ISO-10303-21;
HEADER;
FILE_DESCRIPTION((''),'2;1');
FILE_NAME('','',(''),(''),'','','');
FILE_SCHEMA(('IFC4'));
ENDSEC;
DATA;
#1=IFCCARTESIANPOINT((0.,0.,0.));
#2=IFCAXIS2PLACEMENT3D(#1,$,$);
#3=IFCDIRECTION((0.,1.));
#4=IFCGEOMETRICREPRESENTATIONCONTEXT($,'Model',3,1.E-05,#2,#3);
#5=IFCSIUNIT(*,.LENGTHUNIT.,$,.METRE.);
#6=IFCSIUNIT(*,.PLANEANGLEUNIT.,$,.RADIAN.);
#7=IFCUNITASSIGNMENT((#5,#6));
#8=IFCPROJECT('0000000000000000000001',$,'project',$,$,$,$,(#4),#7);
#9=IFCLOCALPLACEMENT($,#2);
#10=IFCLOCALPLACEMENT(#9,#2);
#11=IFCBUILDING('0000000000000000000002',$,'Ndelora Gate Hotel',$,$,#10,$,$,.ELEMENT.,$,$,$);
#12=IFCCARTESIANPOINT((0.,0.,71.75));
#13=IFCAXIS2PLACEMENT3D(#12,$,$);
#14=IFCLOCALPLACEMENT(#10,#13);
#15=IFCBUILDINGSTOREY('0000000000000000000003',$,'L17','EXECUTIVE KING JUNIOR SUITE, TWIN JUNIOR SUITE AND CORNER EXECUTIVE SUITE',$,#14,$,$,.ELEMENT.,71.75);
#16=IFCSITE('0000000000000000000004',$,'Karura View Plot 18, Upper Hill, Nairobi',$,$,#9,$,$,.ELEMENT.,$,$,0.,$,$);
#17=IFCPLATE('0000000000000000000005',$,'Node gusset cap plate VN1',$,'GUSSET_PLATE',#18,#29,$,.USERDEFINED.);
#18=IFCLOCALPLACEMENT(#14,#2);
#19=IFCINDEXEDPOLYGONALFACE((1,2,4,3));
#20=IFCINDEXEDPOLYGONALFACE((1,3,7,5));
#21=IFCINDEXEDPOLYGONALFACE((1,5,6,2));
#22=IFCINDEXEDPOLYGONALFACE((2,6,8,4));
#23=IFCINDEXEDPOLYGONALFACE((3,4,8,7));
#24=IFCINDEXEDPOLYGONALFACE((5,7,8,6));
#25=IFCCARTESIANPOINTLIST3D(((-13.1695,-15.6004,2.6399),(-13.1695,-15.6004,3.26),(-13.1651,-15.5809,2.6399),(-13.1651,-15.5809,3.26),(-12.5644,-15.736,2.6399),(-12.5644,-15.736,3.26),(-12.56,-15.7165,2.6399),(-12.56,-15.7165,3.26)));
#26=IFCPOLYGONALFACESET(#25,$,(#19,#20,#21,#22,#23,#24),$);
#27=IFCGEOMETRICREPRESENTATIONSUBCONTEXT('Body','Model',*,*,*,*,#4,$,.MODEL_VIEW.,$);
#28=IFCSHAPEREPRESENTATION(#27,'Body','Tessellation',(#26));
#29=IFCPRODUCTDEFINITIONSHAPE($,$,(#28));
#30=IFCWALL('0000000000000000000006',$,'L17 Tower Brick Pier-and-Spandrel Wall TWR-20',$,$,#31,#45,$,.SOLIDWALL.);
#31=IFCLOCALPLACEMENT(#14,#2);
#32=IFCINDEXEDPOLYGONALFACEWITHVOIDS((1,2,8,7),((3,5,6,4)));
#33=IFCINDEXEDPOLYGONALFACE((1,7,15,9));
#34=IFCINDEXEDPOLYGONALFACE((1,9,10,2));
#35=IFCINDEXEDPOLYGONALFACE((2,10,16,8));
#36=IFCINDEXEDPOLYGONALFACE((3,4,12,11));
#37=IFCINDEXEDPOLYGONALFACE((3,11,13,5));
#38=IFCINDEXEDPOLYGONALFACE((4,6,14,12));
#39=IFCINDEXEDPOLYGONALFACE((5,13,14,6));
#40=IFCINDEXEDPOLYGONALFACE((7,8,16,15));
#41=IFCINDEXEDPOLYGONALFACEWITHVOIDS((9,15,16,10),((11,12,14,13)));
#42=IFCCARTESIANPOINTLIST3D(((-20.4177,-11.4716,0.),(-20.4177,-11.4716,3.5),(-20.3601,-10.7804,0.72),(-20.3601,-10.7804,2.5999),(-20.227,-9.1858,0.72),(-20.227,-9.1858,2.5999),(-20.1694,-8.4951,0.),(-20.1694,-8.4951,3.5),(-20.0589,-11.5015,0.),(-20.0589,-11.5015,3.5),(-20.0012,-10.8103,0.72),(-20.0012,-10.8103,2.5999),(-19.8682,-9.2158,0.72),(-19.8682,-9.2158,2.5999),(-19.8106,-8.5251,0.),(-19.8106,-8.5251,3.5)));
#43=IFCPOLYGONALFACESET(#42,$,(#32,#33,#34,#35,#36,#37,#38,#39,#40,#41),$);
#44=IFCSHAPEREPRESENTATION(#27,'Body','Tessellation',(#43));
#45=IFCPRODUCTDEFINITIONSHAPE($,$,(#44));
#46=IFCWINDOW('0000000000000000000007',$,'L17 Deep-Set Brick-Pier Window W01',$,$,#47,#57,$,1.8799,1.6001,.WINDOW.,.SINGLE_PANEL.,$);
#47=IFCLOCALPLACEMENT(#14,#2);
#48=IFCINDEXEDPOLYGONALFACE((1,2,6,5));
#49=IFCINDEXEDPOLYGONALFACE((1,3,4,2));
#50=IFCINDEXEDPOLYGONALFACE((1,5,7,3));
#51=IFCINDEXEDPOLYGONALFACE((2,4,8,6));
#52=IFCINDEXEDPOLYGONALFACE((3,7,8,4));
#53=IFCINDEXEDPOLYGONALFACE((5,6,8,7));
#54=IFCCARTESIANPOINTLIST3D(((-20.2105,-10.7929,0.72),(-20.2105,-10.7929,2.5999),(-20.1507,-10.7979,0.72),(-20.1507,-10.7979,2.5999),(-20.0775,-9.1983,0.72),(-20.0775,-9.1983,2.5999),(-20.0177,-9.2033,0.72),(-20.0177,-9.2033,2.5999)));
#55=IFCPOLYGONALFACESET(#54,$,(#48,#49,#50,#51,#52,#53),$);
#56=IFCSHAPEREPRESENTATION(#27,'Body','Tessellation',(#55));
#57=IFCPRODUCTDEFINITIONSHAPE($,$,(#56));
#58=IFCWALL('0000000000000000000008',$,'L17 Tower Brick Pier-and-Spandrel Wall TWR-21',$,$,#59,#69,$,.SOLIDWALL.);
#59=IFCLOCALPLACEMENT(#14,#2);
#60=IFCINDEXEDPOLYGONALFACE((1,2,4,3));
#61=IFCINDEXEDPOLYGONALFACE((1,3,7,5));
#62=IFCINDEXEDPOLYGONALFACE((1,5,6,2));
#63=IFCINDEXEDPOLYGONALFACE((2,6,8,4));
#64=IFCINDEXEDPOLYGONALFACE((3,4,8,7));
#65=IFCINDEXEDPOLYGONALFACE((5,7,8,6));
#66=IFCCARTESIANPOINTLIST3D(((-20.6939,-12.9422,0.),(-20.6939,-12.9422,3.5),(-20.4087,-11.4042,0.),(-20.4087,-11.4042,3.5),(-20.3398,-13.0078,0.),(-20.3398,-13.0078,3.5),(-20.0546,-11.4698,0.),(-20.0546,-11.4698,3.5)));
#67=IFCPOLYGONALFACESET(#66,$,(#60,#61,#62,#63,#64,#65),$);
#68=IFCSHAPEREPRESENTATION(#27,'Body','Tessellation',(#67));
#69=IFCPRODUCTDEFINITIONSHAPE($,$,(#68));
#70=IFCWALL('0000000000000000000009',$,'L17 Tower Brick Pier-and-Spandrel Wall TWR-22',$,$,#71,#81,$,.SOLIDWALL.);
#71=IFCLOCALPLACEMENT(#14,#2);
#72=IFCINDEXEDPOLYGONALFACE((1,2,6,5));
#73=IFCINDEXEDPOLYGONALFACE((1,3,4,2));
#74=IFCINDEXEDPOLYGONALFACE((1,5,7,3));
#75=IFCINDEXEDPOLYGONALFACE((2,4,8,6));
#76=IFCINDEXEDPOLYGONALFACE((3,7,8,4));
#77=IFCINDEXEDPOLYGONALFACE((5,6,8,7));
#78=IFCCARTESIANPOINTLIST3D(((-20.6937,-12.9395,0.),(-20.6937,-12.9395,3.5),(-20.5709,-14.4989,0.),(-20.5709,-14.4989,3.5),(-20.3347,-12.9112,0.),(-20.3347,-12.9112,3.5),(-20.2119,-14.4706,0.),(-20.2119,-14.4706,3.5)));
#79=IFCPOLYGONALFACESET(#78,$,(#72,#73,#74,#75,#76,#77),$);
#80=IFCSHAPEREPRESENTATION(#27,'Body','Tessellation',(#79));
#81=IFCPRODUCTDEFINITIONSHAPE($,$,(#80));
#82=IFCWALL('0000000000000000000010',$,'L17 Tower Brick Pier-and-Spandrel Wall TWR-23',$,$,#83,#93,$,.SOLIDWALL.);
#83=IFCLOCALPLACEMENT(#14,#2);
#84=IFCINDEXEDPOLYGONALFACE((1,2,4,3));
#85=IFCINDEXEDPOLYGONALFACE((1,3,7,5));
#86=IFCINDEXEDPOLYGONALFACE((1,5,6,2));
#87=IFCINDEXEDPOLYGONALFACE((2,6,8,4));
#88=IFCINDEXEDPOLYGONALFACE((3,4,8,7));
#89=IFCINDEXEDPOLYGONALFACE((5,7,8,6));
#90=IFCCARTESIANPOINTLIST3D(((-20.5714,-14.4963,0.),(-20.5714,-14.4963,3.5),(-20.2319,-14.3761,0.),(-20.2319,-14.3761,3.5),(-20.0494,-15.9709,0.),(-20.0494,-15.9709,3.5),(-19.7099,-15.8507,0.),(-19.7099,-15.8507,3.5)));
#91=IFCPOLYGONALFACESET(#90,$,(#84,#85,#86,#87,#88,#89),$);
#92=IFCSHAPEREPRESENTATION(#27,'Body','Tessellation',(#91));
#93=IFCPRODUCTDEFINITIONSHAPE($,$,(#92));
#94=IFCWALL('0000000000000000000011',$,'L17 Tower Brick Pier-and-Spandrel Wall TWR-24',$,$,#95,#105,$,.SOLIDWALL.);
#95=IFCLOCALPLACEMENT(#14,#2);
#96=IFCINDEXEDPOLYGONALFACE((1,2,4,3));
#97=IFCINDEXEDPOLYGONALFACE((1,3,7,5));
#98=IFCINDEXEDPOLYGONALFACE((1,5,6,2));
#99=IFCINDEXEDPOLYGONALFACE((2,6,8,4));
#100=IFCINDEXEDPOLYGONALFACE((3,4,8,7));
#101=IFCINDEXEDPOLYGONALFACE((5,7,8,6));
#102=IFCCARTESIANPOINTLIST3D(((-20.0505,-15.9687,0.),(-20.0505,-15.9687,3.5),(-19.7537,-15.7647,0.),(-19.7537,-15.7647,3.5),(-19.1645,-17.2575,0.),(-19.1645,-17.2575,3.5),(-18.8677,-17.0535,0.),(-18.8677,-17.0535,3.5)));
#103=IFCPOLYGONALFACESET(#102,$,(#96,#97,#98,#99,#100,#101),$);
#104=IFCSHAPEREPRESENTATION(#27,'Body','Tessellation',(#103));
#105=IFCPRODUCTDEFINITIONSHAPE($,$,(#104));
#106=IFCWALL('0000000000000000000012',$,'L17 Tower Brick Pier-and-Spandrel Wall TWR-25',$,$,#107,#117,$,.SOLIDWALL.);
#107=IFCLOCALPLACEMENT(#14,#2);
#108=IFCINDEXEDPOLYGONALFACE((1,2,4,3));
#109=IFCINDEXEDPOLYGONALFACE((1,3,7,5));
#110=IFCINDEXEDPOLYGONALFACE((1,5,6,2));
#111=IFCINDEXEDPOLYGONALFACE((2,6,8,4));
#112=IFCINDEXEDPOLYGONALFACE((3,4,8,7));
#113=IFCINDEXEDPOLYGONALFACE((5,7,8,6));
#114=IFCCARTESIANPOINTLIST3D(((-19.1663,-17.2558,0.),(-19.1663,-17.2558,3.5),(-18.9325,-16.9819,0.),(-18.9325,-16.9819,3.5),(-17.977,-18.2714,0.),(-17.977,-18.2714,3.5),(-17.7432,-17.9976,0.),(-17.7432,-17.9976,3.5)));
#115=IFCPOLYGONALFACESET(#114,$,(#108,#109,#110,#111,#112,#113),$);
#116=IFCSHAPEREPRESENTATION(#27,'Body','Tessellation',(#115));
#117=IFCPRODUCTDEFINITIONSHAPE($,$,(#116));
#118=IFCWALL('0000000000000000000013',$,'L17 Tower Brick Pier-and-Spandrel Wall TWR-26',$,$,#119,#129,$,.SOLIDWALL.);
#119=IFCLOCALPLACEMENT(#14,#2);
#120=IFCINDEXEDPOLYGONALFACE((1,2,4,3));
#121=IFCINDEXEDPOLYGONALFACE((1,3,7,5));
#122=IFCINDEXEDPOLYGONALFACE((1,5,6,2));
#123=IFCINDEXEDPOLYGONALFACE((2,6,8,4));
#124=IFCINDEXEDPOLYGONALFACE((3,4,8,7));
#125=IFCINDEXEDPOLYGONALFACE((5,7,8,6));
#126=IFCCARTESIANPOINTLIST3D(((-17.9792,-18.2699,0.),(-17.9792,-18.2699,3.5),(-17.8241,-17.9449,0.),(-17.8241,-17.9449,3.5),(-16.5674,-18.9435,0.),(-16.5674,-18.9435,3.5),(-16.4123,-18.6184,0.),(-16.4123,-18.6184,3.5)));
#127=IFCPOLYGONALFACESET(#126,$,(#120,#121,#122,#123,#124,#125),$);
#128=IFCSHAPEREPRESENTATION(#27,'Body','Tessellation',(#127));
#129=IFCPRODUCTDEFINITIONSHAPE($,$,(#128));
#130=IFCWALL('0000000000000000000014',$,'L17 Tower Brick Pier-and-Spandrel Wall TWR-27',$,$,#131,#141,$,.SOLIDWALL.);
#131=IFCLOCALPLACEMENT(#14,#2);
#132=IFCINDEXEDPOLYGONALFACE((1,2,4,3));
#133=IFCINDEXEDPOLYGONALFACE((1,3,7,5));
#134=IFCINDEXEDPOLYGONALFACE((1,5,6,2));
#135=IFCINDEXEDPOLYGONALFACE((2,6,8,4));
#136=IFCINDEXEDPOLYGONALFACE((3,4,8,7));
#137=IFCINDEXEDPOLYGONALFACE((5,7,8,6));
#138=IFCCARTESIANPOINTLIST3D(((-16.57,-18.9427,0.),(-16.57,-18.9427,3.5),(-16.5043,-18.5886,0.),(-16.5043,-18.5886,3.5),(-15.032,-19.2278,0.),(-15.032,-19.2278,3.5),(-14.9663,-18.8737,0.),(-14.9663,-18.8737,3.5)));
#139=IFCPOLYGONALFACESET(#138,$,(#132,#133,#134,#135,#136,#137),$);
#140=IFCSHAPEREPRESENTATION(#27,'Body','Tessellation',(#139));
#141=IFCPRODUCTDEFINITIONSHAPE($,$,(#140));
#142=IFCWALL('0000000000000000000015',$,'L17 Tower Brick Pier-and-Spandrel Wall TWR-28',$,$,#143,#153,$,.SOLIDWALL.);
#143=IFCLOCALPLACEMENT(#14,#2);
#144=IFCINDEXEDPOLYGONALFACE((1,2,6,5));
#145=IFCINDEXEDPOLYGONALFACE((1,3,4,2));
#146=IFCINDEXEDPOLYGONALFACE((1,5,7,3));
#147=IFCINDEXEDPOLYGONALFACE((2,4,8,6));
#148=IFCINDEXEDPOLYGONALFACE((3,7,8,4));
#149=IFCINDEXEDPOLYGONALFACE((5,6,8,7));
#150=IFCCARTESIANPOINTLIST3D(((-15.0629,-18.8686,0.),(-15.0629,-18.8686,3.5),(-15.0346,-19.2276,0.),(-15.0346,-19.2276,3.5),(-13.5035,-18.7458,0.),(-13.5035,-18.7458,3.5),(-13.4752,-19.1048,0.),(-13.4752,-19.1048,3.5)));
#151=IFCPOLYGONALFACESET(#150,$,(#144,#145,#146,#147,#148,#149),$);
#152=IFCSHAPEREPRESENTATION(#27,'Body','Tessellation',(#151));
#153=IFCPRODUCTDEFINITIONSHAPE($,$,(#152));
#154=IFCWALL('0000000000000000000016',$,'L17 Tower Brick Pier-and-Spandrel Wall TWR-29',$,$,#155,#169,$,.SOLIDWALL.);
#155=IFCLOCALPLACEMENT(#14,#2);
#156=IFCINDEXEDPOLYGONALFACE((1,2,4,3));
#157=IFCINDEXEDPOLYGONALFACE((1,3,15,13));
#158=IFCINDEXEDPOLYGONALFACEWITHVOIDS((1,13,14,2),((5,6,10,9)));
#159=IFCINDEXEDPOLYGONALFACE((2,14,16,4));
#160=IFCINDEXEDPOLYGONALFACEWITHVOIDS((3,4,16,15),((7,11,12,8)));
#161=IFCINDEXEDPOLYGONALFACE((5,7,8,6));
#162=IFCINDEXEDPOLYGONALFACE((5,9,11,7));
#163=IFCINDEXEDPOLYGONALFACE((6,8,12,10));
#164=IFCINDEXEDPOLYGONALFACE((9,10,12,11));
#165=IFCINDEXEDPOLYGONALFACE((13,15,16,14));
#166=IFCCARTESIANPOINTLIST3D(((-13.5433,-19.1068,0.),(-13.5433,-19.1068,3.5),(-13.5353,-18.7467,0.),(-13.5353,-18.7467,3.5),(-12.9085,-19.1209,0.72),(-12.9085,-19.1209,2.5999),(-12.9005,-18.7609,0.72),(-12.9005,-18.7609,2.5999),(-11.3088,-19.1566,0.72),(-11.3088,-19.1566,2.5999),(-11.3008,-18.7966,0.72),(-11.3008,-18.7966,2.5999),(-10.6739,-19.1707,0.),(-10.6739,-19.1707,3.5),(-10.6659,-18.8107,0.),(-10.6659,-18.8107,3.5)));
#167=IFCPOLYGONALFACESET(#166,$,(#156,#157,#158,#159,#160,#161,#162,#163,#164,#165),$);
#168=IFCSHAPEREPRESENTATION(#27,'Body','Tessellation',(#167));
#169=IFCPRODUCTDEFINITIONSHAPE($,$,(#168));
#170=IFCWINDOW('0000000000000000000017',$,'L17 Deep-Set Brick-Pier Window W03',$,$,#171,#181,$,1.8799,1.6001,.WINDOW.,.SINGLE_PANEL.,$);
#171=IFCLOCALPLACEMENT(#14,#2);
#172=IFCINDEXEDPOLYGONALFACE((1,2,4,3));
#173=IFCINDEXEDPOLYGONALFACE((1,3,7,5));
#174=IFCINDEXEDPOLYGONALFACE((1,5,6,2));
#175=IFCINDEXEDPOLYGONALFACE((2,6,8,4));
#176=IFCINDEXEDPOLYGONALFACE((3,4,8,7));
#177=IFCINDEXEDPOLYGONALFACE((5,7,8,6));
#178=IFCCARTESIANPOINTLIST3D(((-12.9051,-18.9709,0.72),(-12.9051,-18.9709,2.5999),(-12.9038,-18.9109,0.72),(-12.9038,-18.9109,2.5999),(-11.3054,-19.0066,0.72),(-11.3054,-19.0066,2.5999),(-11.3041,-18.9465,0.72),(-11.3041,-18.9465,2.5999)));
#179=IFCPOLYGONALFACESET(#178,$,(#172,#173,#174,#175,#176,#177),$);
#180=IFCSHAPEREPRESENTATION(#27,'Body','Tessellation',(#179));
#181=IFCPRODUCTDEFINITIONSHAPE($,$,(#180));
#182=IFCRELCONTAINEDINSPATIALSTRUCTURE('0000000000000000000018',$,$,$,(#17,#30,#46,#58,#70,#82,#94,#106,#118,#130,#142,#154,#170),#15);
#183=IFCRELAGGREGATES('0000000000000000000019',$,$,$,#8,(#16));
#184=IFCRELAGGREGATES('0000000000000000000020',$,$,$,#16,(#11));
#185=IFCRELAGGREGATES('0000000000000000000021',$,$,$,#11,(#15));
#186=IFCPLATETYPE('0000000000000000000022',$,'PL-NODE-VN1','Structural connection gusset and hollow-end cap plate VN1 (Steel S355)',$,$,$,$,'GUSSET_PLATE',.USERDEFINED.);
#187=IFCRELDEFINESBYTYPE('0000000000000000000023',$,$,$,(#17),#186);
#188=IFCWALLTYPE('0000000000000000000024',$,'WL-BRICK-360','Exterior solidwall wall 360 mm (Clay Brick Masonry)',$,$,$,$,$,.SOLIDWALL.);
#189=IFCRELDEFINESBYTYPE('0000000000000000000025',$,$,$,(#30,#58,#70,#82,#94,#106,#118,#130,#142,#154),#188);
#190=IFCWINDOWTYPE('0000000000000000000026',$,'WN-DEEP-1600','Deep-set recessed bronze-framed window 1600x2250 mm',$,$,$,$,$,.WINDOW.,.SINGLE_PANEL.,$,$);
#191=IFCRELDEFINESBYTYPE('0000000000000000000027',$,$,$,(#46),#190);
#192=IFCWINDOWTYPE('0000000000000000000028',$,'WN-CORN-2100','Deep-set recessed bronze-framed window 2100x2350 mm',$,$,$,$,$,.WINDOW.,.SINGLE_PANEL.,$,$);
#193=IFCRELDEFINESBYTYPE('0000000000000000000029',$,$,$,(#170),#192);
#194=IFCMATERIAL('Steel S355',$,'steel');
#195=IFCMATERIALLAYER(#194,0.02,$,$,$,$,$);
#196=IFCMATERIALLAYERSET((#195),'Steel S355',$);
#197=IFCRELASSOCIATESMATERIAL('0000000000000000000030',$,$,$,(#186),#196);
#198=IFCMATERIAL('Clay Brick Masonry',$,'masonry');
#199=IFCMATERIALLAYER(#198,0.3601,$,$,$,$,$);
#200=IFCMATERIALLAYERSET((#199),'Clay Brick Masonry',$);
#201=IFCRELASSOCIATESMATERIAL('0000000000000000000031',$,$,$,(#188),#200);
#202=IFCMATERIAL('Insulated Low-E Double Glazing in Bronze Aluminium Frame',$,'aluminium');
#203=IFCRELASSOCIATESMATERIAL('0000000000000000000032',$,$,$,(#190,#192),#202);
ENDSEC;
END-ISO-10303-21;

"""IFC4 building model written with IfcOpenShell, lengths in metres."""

from ifc_helpers import new_model, si_unit, direction, frame, frame_2d, origin, origin_2d, place, context, subcontext, project, spatial, rectangle, extrude, material, layer, layer_set, type_object, element, fill, save


model = new_model("IFC4")

# Units and contexts
model_context = context("Model", 3, precision=1e-05, world=origin(), true_north=direction((0.0, 1.0)))
body_context = subcontext(model_context, "Body", "Model", "MODEL_VIEW")
ifc_project = project(units=[si_unit("LENGTHUNIT", "METRE"), si_unit("PLANEANGLEUNIT", "RADIAN")], contexts=[model_context])

# Site, building, storey
site_placement = place(None, origin())
site = spatial("IfcSite", under=ifc_project, at=site_placement, Name="Karura View Plot 18, Upper Hill, Nairobi", CompositionType="ELEMENT", RefElevation=0.0)
building_placement = place(site_placement, origin())
building = spatial("IfcBuilding", under=site, at=building_placement, Name="Ndelora Gate Hotel", CompositionType="ELEMENT")
storey_placement = place(building_placement, frame((0.0, 0.0, 71.75)))
storey = spatial("IfcBuildingStorey", under=building, at=storey_placement, Name="L17", Description="EXECUTIVE KING JUNIOR SUITE, TWIN JUNIOR SUITE AND CORNER EXECUTIVE SUITE", CompositionType="ELEMENT", Elevation=71.75)

# Shared definitions
ifc_material_1 = material(Name="Steel S355", Category="steel")

# Plate
ifc_layer_1 = layer(ifc_material_1, 0.02)
ifc_layer_set_1 = layer_set([ifc_layer_1], Name="Steel S355")
plate_type = type_object("IfcPlateType", Name="PL-NODE-VN1", Description="Structural connection gusset and hollow-end cap plate VN1 (Steel S355)", ElementType="GUSSET_PLATE", PredefinedType="USERDEFINED", material=ifc_layer_set_1)
for number, where, z_axis, x_axis, name in (
    (1, (-12.8647, -15.6584, 2.6399), (0.0, 0.0, 1.0), (-0.975802, 0.218654, 0.0), "Node gusset cap plate VN1"),
):
    element("IfcPlate", number, at=place(storey_placement, frame(where, z_axis=z_axis, x_axis=x_axis)), inside=storey, type_object=plate_type, Name=name, ObjectType="GUSSET_PLATE", PredefinedType="USERDEFINED", context=body_context, shape_type="SweptSolid", body=[
        extrude(rectangle(XDim=0.6201, YDim=0.02, at=origin_2d()), origin(), (0.0, 0.0, 1.0), 0.6201),
    ])

# Wall, opening, window
ifc_material_2 = material(Name="Clay Brick Masonry", Category="masonry")
ifc_layer_2 = layer(ifc_material_2, 0.3601)
ifc_layer_set_2 = layer_set([ifc_layer_2], Name="Clay Brick Masonry")
wall_type_1 = type_object("IfcWallType", Name="WL-BRICK-360", Description="Exterior solidwall wall 360 mm (Clay Brick Masonry)", PredefinedType="SOLIDWALL", material=ifc_layer_set_2)
wall_1_placement = place(storey_placement, frame((-20.2383, -11.4866, 0.0), z_axis=(0.0, 0.0, 1.0), x_axis=(0.083127, 0.996539, 0.0)))
wall_1 = element("IfcWall", 2, at=wall_1_placement, inside=storey, type_object=wall_type_1, Name="L17 Tower Brick Pier-and-Spandrel Wall TWR-20", PredefinedType="SOLIDWALL", context=body_context, shape_type="SweptSolid", body=[
    extrude(rectangle(XDim=2.9868, YDim=0.3601, at=frame_2d((1.4934, 0.0))), origin(), (0.0, 0.0, 1.0), 3.5),
])
opening_1_placement = place(wall_1_placement, frame((0.6936, 0.0, 0.72)))
opening_1 = element("IfcOpeningElement", 3, at=opening_1_placement, cuts=wall_1, PredefinedType="OPENING", context=body_context, shape_type="SweptSolid", body=[
    extrude(rectangle(XDim=1.6001, YDim=1.8799, at=frame_2d((0.8, 0.9399))), frame((0.0, 0.1899, 0.0), z_axis=(0.0, -1.0, 0.0), x_axis=(1.0, 0.0, 0.0)), (0.0, 0.0, 1.0), 0.3801),
])
ifc_material_3 = material(Name="Insulated Low-E Double Glazing in Bronze Aluminium Frame", Category="aluminium")
window_type_1 = type_object("IfcWindowType", Name="WN-DEEP-1600", Description="Deep-set recessed bronze-framed window 1600x2250 mm", PartitioningType="SINGLE_PANEL", PredefinedType="WINDOW", material=ifc_material_3)
window_1_placement = place(opening_1_placement, origin())
window_1 = element("IfcWindow", 4, at=window_1_placement, inside=storey, type_object=window_type_1, Name="L17 Deep-Set Brick-Pier Window W01", OverallHeight=1.8799, OverallWidth=1.6001, PartitioningType="SINGLE_PANEL", PredefinedType="WINDOW", context=body_context, shape_type="SweptSolid", body=[
    extrude(rectangle(XDim=1.6001, YDim=1.8799, at=frame_2d((0.8, 0.9399))), frame((0.0, 0.03, 0.0), z_axis=(0.0, -1.0, 0.0), x_axis=(1.0, 0.0, 0.0)), (0.0, 0.0, 1.0), 0.0601),
])
fill(opening_1, window_1)

# Walls
for number, where, z_axis, x_axis, name in (
    (5, (-20.5168, -12.9751, 0.0), (0.0, 0.0, 1.0), (0.18229, 0.983245, 0.0), "L17 Tower Brick Pier-and-Spandrel Wall TWR-21"),
    (6, (-20.3914, -14.4849, 0.0), (0.0, 0.0, 1.0), (-0.078511, 0.996913, 0.0), "L17 Tower Brick Pier-and-Spandrel Wall TWR-22"),
    (7, (-19.8796, -15.9109, 0.0), (0.0, 0.0, 1.0), (-0.333685, 0.942685, 0.0), "L17 Tower Brick Pier-and-Spandrel Wall TWR-23"),
):
    element("IfcWall", number, at=place(storey_placement, frame(where, z_axis=z_axis, x_axis=x_axis)), inside=storey, type_object=wall_type_1, Name=name, PredefinedType="SOLIDWALL", context=body_context, shape_type="SweptSolid", body=[
        extrude(rectangle(XDim=1.5642, YDim=0.3601, at=frame_2d((0.7822, 0.0))), origin(), (0.0, 0.0, 1.0), 3.5),
    ])
for number, where, z_axis, x_axis, name in (
    (8, (-19.0161, -17.1555, 0.0), (0.0, 0.0, 1.0), (-0.566496, 0.824065, 0.0), "L17 Tower Brick Pier-and-Spandrel Wall TWR-24"),
    (9, (-17.8601, -18.1345, 0.0), (0.0, 0.0, 1.0), (-0.760423, 0.649428, 0.0), "L17 Tower Brick Pier-and-Spandrel Wall TWR-25"),
):
    element("IfcWall", number, at=place(storey_placement, frame(where, z_axis=z_axis, x_axis=x_axis)), inside=storey, type_object=wall_type_1, Name=name, PredefinedType="SOLIDWALL", context=body_context, shape_type="SweptSolid", body=[
        extrude(rectangle(XDim=1.564, YDim=0.3601, at=frame_2d((0.782, 0.0))), origin(), (0.0, 0.0, 1.0), 3.5),
    ])
for number, where, z_axis, x_axis, name in (
    (10, (-16.4897, -18.781, 0.0), (0.0, 0.0, 1.0), (-0.902546, 0.430594, 0.0), "L17 Tower Brick Pier-and-Spandrel Wall TWR-26"),
    (11, (-14.999, -19.0508, 0.0), (0.0, 0.0, 1.0), (-0.983245, 0.18229, 0.0), "L17 Tower Brick Pier-and-Spandrel Wall TWR-27"),
    (12, (-13.4893, -18.9253, 0.0), (0.0, 0.0, 1.0), (-0.996913, -0.078511, 0.0), "L17 Tower Brick Pier-and-Spandrel Wall TWR-28"),
):
    element("IfcWall", number, at=place(storey_placement, frame(where, z_axis=z_axis, x_axis=x_axis)), inside=storey, type_object=wall_type_1, Name=name, PredefinedType="SOLIDWALL", context=body_context, shape_type="SweptSolid", body=[
        extrude(rectangle(XDim=1.5642, YDim=0.3601, at=frame_2d((0.7822, 0.0))), origin(), (0.0, 0.0, 1.0), 3.5),
    ])

# Wall, opening, window
wall_2_placement = place(storey_placement, frame((-10.6699, -18.9907, 0.0), z_axis=(0.0, 0.0, 1.0), x_axis=(-0.999752, 0.022287, 0.0)))
wall_2 = element("IfcWall", 13, at=wall_2_placement, inside=storey, type_object=wall_type_1, Name="L17 Tower Brick Pier-and-Spandrel Wall TWR-29", PredefinedType="SOLIDWALL", context=body_context, shape_type="SweptSolid", body=[
    extrude(rectangle(XDim=2.8701, YDim=0.3601, at=frame_2d((1.4351, 0.0))), origin(), (0.0, 0.0, 1.0), 3.5),
])
opening_2_placement = place(wall_2_placement, frame((0.635, 0.0, 0.72)))
opening_2 = element("IfcOpeningElement", 14, at=opening_2_placement, cuts=wall_2, PredefinedType="OPENING", context=body_context, shape_type="SweptSolid", body=[
    extrude(rectangle(XDim=1.6001, YDim=1.8799, at=frame_2d((0.8, 0.9399))), frame((0.0, 0.1899, 0.0), z_axis=(0.0, -1.0, 0.0), x_axis=(1.0, 0.0, 0.0)), (0.0, 0.0, 1.0), 0.3801),
])
window_type_2 = type_object("IfcWindowType", Name="WN-CORN-2100", Description="Deep-set recessed bronze-framed window 2100x2350 mm", PartitioningType="SINGLE_PANEL", PredefinedType="WINDOW", material=ifc_material_3)
window_2_placement = place(opening_2_placement, origin())
window_2 = element("IfcWindow", 15, at=window_2_placement, inside=storey, type_object=window_type_2, Name="L17 Deep-Set Brick-Pier Window W03", OverallHeight=1.8799, OverallWidth=1.6001, PartitioningType="SINGLE_PANEL", PredefinedType="WINDOW", context=body_context, shape_type="SweptSolid", body=[
    extrude(rectangle(XDim=1.6001, YDim=1.8799, at=frame_2d((0.8, 0.9399))), frame((0.0, 0.03, 0.0), z_axis=(0.0, -1.0, 0.0), x_axis=(1.0, 0.0, 0.0)), (0.0, 0.0, 1.0), 0.0601),
])
fill(opening_2, window_2)

save(model, "model.ifc")
